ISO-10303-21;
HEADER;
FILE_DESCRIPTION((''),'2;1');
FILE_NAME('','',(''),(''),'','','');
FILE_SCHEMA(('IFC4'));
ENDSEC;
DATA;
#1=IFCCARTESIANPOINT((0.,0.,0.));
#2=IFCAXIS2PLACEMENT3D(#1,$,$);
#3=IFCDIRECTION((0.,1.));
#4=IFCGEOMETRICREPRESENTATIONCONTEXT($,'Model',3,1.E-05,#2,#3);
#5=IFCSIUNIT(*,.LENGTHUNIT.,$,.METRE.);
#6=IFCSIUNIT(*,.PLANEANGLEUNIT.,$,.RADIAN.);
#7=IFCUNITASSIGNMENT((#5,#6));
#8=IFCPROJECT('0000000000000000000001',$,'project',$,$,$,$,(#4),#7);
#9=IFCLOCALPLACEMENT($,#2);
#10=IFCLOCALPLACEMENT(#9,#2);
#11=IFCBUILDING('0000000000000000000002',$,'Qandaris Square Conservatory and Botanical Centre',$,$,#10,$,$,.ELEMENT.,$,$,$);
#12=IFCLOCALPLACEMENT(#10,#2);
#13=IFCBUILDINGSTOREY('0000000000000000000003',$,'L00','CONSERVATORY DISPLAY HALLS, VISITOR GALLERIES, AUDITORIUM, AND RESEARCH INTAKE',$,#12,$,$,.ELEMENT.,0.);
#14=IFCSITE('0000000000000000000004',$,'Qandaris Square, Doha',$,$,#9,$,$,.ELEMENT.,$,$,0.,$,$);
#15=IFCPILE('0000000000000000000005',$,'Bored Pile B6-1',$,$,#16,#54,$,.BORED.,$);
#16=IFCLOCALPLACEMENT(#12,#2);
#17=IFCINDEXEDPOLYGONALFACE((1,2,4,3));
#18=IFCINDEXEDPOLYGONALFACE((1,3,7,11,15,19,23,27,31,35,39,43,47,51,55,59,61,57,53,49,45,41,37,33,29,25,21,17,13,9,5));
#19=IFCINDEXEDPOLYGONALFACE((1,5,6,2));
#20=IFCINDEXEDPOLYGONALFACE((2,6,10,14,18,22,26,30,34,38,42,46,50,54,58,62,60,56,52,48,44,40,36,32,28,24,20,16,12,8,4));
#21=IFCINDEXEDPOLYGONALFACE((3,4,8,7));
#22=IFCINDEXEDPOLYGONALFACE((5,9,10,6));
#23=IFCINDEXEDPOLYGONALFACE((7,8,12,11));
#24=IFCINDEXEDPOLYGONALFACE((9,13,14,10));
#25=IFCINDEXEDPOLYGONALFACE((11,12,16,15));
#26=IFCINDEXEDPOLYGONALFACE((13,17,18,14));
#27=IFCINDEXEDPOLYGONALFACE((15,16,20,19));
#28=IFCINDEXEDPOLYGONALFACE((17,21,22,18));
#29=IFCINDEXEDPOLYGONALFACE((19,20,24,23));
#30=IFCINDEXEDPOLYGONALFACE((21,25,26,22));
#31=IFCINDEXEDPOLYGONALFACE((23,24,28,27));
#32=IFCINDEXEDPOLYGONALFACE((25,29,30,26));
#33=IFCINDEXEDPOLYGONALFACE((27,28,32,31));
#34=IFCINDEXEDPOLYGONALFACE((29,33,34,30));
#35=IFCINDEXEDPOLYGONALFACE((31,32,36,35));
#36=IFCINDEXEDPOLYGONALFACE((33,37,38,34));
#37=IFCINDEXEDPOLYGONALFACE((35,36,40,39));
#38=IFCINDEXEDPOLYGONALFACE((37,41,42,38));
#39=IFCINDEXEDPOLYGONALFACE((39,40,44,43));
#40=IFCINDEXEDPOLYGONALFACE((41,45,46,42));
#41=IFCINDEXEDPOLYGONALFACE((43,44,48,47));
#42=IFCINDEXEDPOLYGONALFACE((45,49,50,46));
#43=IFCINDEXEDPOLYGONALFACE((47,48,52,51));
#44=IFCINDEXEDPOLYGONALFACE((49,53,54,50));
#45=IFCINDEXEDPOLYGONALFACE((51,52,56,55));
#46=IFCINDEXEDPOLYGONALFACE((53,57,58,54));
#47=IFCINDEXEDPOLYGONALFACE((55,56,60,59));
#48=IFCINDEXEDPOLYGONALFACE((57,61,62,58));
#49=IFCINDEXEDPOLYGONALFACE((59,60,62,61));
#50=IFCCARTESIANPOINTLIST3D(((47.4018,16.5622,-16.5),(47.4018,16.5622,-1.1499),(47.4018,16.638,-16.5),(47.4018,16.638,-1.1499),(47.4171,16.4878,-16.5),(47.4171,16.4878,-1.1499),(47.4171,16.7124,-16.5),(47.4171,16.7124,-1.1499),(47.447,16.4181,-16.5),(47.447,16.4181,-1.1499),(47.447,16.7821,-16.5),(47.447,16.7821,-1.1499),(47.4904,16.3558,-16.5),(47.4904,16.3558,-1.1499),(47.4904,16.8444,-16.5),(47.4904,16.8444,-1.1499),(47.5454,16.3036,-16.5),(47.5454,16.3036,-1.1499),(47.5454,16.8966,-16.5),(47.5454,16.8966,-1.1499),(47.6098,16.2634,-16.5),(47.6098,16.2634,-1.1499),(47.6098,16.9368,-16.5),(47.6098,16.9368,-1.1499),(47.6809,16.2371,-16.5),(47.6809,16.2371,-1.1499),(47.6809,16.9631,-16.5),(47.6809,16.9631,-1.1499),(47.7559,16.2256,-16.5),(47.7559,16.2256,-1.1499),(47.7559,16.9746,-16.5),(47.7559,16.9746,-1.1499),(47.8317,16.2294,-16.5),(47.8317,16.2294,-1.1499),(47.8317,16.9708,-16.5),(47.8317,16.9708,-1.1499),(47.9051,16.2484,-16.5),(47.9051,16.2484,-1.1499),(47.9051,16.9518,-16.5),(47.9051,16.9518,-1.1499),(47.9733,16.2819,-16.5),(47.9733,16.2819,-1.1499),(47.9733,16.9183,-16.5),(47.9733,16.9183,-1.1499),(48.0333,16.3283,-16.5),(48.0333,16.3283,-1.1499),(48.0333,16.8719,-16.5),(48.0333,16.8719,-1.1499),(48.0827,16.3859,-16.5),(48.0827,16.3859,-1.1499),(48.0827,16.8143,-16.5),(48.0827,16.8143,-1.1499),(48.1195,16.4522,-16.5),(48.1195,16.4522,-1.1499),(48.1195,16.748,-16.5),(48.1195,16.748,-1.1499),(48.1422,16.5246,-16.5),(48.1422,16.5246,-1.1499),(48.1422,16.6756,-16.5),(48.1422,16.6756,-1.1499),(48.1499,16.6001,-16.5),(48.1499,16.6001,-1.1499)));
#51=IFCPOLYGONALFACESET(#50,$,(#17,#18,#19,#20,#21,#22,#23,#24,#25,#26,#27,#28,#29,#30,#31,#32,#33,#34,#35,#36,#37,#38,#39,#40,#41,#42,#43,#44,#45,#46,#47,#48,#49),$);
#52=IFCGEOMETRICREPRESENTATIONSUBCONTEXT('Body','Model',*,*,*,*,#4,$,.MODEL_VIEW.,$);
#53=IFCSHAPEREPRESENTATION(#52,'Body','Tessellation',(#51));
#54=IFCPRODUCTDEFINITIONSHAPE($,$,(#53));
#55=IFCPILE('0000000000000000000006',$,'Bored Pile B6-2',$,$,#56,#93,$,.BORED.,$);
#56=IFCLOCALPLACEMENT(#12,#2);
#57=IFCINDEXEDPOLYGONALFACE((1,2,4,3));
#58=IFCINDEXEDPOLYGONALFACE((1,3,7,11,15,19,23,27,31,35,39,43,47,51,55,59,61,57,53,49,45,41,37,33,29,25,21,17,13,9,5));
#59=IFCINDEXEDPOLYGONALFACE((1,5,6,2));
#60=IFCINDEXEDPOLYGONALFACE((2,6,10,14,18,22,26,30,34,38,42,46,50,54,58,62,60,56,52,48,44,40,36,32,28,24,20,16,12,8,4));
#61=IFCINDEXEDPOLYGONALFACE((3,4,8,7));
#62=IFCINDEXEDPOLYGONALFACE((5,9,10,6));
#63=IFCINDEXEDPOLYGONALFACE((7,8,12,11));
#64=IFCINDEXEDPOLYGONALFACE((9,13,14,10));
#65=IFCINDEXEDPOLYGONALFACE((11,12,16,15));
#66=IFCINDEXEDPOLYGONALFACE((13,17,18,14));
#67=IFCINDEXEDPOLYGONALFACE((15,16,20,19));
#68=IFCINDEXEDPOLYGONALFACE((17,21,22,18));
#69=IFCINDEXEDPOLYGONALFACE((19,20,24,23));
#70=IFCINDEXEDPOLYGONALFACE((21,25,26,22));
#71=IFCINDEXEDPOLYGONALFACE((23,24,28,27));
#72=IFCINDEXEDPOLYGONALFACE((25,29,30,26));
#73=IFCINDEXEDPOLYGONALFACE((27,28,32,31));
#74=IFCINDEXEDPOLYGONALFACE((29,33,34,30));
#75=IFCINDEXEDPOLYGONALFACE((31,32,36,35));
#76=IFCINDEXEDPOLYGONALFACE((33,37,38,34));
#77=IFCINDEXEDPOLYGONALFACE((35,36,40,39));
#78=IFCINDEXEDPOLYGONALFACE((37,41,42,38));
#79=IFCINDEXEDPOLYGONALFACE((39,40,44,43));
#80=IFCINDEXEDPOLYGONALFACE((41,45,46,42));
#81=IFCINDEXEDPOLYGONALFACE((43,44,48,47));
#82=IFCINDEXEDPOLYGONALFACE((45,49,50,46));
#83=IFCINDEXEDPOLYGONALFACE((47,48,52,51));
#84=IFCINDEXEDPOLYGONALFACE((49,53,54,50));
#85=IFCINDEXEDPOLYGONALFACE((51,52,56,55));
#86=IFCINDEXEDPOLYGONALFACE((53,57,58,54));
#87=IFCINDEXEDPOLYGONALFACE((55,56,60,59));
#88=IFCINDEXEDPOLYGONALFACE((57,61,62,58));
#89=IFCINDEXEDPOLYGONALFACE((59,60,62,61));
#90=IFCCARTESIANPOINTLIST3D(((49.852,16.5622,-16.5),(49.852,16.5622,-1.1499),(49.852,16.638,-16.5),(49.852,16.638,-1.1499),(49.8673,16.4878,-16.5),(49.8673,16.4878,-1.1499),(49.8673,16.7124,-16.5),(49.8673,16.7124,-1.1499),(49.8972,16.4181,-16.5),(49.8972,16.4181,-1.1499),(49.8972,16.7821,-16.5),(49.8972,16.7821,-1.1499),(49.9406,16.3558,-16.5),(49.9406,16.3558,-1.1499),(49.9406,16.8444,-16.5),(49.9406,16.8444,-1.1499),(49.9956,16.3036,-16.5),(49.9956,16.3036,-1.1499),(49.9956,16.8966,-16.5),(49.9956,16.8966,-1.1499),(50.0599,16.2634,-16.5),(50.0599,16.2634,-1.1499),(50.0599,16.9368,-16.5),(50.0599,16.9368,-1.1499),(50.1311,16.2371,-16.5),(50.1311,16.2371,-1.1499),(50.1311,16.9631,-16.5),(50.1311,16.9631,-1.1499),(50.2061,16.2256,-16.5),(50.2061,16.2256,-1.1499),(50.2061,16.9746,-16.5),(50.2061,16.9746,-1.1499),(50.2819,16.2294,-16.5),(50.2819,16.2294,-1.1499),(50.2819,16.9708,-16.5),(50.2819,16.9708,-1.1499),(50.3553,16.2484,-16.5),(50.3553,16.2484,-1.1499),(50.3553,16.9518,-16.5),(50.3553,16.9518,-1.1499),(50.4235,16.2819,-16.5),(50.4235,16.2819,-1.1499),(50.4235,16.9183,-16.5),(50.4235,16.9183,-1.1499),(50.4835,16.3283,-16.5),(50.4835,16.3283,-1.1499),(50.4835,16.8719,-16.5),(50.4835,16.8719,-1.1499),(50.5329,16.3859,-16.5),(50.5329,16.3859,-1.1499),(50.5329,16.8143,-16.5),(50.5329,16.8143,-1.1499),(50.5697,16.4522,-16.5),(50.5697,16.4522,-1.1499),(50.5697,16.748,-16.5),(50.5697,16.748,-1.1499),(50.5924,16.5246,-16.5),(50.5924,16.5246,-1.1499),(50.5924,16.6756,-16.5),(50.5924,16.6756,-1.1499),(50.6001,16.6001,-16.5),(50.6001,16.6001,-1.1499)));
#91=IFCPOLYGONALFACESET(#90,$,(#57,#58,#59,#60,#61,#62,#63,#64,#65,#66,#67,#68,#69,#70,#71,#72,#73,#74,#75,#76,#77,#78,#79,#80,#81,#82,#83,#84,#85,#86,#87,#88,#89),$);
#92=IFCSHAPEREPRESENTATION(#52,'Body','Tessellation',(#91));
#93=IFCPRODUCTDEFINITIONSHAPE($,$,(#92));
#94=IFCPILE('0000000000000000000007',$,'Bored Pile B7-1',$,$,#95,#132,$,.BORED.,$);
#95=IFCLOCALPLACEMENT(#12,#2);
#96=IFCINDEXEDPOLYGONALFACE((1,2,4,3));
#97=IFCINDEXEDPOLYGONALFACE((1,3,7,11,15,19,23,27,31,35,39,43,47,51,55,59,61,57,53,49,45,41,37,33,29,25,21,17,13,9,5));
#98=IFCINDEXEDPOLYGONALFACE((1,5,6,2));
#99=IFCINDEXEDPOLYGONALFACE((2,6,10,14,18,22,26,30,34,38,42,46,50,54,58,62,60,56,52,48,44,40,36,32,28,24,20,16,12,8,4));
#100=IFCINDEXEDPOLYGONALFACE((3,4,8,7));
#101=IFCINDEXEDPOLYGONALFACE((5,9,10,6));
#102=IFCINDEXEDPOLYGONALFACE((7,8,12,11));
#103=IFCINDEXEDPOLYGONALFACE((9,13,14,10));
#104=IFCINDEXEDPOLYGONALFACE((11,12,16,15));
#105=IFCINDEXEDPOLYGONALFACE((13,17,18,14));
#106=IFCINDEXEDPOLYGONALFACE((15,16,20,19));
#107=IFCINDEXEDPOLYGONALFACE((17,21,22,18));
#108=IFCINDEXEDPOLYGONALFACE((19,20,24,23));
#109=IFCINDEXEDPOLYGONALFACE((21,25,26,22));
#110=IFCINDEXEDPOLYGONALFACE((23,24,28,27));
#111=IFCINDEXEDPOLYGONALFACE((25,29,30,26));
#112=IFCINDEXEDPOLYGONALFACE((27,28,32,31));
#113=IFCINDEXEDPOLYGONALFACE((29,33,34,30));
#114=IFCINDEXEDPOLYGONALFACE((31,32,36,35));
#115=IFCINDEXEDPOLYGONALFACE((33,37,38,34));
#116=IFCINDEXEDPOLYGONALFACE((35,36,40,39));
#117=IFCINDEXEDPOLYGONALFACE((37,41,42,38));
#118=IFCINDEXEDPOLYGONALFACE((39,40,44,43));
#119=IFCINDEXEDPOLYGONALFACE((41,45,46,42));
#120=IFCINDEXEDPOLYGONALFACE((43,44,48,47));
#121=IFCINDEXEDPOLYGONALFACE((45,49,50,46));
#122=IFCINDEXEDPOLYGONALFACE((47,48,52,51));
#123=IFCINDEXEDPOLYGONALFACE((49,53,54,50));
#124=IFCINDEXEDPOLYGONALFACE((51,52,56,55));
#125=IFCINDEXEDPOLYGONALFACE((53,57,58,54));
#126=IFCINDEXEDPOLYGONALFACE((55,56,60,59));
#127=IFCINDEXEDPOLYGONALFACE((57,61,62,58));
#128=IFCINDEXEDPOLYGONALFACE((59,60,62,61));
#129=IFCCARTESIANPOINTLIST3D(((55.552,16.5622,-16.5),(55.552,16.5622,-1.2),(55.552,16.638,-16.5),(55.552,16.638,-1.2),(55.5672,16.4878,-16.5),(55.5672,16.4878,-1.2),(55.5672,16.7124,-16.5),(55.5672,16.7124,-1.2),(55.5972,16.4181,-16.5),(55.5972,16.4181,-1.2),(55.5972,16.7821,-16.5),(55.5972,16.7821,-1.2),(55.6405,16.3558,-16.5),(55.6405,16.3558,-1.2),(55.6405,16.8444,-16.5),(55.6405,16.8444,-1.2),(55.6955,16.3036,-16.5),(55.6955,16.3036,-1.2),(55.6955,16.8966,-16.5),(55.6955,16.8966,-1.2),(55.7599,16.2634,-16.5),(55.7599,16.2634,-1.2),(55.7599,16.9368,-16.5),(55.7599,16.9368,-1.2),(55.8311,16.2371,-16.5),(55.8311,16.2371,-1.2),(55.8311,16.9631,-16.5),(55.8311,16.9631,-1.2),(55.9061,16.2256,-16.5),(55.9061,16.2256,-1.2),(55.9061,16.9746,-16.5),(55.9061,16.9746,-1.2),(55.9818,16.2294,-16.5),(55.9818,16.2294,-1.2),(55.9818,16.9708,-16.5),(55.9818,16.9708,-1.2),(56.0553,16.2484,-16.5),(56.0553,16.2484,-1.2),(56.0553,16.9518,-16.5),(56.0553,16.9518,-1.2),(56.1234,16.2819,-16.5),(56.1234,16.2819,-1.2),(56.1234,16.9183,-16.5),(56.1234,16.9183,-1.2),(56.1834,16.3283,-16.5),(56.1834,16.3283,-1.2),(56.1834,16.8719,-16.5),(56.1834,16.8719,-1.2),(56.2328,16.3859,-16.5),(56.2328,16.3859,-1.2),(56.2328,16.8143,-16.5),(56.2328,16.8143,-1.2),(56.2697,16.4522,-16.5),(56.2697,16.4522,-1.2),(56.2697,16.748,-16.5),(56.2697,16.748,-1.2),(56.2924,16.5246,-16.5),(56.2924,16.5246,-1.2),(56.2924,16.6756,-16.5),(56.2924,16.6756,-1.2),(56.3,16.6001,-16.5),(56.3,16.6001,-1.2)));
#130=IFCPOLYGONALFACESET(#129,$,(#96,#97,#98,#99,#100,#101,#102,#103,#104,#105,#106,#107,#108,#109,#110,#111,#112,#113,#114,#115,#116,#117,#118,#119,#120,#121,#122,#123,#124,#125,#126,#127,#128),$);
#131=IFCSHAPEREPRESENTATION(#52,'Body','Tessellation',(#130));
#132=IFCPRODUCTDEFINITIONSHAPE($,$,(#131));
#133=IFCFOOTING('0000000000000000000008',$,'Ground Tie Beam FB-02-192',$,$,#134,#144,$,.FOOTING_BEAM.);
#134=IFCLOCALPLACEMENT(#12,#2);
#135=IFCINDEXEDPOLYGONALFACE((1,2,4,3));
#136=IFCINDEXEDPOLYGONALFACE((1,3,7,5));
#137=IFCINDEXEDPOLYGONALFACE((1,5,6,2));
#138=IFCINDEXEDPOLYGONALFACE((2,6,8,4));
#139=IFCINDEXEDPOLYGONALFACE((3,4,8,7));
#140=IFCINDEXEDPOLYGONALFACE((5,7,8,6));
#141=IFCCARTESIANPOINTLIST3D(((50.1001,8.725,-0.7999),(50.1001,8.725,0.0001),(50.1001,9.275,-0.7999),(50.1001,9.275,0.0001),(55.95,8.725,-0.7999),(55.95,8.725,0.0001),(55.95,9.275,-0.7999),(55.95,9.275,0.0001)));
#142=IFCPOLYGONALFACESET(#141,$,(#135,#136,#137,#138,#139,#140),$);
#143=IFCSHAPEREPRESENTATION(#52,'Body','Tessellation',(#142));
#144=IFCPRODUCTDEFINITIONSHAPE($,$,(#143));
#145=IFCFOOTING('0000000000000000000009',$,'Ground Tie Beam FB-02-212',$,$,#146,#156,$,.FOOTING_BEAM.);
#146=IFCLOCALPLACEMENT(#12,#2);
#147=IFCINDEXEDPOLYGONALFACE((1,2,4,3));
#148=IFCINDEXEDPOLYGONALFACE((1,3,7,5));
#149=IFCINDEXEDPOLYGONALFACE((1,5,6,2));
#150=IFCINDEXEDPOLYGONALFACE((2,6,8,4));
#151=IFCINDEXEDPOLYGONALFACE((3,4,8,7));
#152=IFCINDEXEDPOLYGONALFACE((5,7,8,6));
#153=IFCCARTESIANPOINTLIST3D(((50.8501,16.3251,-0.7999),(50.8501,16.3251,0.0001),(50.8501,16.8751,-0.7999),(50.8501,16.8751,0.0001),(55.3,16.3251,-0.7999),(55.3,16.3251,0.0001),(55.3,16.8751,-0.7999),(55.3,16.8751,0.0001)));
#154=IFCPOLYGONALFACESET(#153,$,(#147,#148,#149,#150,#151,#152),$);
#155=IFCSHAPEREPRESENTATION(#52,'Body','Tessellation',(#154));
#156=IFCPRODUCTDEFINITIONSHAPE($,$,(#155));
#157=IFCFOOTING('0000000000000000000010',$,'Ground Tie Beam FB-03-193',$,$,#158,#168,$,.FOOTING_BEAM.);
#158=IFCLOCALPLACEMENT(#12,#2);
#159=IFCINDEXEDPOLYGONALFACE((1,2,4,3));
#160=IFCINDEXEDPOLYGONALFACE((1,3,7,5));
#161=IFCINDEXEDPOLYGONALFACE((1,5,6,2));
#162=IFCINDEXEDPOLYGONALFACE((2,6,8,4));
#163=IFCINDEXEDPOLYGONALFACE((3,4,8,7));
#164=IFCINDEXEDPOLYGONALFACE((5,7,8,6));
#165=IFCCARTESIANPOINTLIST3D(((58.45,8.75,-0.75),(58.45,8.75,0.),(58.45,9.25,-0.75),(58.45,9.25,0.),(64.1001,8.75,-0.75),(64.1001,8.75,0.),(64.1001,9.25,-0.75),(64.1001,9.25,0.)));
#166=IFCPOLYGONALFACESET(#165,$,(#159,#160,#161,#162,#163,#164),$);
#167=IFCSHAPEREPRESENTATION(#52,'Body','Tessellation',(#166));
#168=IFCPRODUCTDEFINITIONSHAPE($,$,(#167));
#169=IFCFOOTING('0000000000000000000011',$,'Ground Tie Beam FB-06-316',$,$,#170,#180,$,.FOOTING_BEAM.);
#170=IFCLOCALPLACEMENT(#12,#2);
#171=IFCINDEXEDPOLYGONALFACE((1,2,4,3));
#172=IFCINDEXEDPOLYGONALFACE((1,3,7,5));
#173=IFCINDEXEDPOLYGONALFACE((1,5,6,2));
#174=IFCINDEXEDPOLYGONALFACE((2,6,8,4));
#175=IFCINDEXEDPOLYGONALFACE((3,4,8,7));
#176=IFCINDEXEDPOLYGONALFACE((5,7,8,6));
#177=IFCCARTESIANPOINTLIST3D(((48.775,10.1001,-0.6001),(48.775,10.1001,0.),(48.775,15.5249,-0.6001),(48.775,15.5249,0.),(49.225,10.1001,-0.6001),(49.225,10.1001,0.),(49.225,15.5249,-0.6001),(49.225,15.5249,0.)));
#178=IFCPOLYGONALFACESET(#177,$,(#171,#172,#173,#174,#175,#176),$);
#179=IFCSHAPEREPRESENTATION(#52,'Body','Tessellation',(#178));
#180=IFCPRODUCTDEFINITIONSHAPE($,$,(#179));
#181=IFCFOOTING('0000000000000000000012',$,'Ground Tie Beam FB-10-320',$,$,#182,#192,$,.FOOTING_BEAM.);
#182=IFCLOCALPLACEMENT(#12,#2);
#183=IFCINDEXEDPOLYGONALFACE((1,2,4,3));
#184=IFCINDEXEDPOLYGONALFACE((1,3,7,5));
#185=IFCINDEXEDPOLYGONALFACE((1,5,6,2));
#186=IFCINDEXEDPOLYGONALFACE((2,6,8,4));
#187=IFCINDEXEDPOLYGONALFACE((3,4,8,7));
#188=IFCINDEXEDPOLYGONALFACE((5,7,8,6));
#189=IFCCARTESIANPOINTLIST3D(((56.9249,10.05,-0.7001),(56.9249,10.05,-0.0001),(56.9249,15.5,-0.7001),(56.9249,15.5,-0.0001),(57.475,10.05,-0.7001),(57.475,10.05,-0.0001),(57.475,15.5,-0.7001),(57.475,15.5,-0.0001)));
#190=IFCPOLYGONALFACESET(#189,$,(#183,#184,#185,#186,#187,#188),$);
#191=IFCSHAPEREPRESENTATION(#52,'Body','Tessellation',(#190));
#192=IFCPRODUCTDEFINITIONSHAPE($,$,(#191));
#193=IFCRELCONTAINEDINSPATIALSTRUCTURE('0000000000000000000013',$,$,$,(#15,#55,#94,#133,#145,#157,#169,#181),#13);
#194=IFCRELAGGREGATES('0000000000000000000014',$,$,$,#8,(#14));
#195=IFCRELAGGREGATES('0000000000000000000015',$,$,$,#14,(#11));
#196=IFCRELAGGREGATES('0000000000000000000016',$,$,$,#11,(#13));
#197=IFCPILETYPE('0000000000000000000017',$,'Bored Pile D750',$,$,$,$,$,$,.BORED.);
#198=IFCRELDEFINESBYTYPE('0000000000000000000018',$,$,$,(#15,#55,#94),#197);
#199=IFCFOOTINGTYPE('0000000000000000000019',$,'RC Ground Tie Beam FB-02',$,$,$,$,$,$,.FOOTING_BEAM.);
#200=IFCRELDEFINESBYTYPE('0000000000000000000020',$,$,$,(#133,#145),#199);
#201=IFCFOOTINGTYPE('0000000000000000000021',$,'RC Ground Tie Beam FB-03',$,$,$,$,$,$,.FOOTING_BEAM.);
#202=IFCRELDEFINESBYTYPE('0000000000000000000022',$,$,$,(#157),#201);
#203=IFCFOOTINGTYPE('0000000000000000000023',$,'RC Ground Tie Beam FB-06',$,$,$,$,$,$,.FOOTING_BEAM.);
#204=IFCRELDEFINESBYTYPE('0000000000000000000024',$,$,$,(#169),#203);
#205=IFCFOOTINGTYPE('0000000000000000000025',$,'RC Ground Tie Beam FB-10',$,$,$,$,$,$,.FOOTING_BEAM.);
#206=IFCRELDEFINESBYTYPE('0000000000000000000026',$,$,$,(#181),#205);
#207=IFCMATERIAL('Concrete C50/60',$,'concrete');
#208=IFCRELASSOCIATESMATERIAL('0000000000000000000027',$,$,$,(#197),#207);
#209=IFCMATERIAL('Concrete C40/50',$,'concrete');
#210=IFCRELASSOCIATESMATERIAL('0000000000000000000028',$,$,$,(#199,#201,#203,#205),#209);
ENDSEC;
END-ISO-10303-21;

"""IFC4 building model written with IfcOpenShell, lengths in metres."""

from ifc_helpers import new_model, si_unit, direction, frame, origin, origin_2d, place, context, subcontext, project, spatial, rectangle, circle, extrude, material, material_profile, profile_set, type_object, element, save


model = new_model("IFC4")

# Units and contexts
model_context = context("Model", 3, precision=1e-05, world=origin(), true_north=direction((0.0, 1.0)))
body_context = subcontext(model_context, "Body", "Model", "MODEL_VIEW")
ifc_project = project(units=[si_unit("LENGTHUNIT", "METRE"), si_unit("PLANEANGLEUNIT", "RADIAN")], contexts=[model_context])

# Site, building, storey
site_placement = place(None, origin())
site = spatial("IfcSite", under=ifc_project, at=site_placement, Name="Qandaris Square, Doha", CompositionType="ELEMENT", RefElevation=0.0)
building_placement = place(site_placement, origin())
building = spatial("IfcBuilding", under=site, at=building_placement, Name="Qandaris Square Conservatory and Botanical Centre", CompositionType="ELEMENT")
storey_placement = place(building_placement, origin())
storey = spatial("IfcBuildingStorey", under=building, at=storey_placement, Name="L00", Description="CONSERVATORY DISPLAY HALLS, VISITOR GALLERIES, AUDITORIUM, AND RESEARCH INTAKE", CompositionType="ELEMENT", Elevation=0.0)

# Piles
ifc_material_1 = material(Name="Concrete C50/60", Category="concrete")
ifc_material_profile_1 = material_profile(ifc_material_1, circle(Radius=0.375, at=origin_2d()), Name="PILE D750")
ifc_profile_set_1 = profile_set([ifc_material_profile_1], Name="Concrete C50/60")
pile_type = type_object("IfcPileType", Name="Bored Pile D750", PredefinedType="BORED", material=ifc_profile_set_1)
for number, where, z_axis, x_axis, name in (
    (1, (47.7749, 16.6001, -1.1499), (0.0, 0.0, -1.0), (1.0, 0.0, 0.0), "Bored Pile B6-1"),
    (2, (50.2251, 16.6001, -1.1499), (0.0, 0.0, -1.0), (1.0, 0.0, 0.0), "Bored Pile B6-2"),
):
    element("IfcPile", number, at=place(storey_placement, frame(where, z_axis=z_axis, x_axis=x_axis)), inside=storey, type_object=pile_type, Name=name, PredefinedType="BORED", context=body_context, shape_type="SweptSolid", body=[
        extrude(circle(Radius=0.375, at=origin_2d()), origin(), (0.0, 0.0, 1.0), 15.3501),
    ])
pile_placement = place(storey_placement, frame((55.925, 16.6001, -1.2), z_axis=(0.0, 0.0, -1.0), x_axis=(1.0, 0.0, 0.0)))
element("IfcPile", 3, at=pile_placement, inside=storey, type_object=pile_type, Name="Bored Pile B7-1", PredefinedType="BORED", context=body_context, shape_type="SweptSolid", body=[
    extrude(circle(Radius=0.375, at=origin_2d()), origin(), (0.0, 0.0, 1.0), 15.3),
])

# Footings
ifc_material_2 = material(Name="Concrete C40/50", Category="concrete")
ifc_material_profile_2 = material_profile(ifc_material_2, rectangle(XDim=0.55, YDim=0.8, at=origin_2d()), Name="FB 550x800")
ifc_profile_set_2 = profile_set([ifc_material_profile_2], Name="Concrete C40/50")
footing_type_1 = type_object("IfcFootingType", Name="RC Ground Tie Beam FB-02", PredefinedType="FOOTING_BEAM", material=ifc_profile_set_2)
footing_1_placement = place(storey_placement, frame((50.1001, 9.0, -0.3999), z_axis=(1.0, 0.0, 0.0), x_axis=(0.0, 1.0, 0.0)))
element("IfcFooting", 4, at=footing_1_placement, inside=storey, type_object=footing_type_1, Name="Ground Tie Beam FB-02-192", PredefinedType="FOOTING_BEAM", context=body_context, shape_type="SweptSolid", body=[
    extrude(rectangle(XDim=0.55, YDim=0.8, at=origin_2d()), origin(), (0.0, 0.0, 1.0), 5.8499),
])
footing_2_placement = place(storey_placement, frame((50.8501, 16.6001, -0.3999), z_axis=(1.0, 0.0, 0.0), x_axis=(0.0, 1.0, 0.0)))
element("IfcFooting", 5, at=footing_2_placement, inside=storey, type_object=footing_type_1, Name="Ground Tie Beam FB-02-212", PredefinedType="FOOTING_BEAM", context=body_context, shape_type="SweptSolid", body=[
    extrude(rectangle(XDim=0.55, YDim=0.8, at=origin_2d()), origin(), (0.0, 0.0, 1.0), 4.45),
])
ifc_material_profile_3 = material_profile(ifc_material_2, rectangle(XDim=0.5, YDim=0.75, at=origin_2d()), Name="FB 500x750")
ifc_profile_set_3 = profile_set([ifc_material_profile_3], Name="Concrete C40/50")
footing_type_2 = type_object("IfcFootingType", Name="RC Ground Tie Beam FB-03", PredefinedType="FOOTING_BEAM", material=ifc_profile_set_3)
footing_3_placement = place(storey_placement, frame((58.45, 9.0, -0.375), z_axis=(1.0, 0.0, 0.0), x_axis=(0.0, 1.0, 0.0)))
element("IfcFooting", 6, at=footing_3_placement, inside=storey, type_object=footing_type_2, Name="Ground Tie Beam FB-03-193", PredefinedType="FOOTING_BEAM", context=body_context, shape_type="SweptSolid", body=[
    extrude(rectangle(XDim=0.5, YDim=0.75, at=origin_2d()), origin(), (0.0, 0.0, 1.0), 5.6501),
])
ifc_material_profile_4 = material_profile(ifc_material_2, rectangle(XDim=0.45, YDim=0.6001, at=origin_2d()), Name="FB 450x600")
ifc_profile_set_4 = profile_set([ifc_material_profile_4], Name="Concrete C40/50")
footing_type_3 = type_object("IfcFootingType", Name="RC Ground Tie Beam FB-06", PredefinedType="FOOTING_BEAM", material=ifc_profile_set_4)
footing_4_placement = place(storey_placement, frame((49.0, 10.1001, -0.3), z_axis=(0.0, 1.0, 0.0), x_axis=(-1.0, 0.0, 0.0)))
element("IfcFooting", 7, at=footing_4_placement, inside=storey, type_object=footing_type_3, Name="Ground Tie Beam FB-06-316", PredefinedType="FOOTING_BEAM", context=body_context, shape_type="SweptSolid", body=[
    extrude(rectangle(XDim=0.45, YDim=0.6001, at=origin_2d()), origin(), (0.0, 0.0, 1.0), 5.4248),
])
ifc_material_profile_5 = material_profile(ifc_material_2, rectangle(XDim=0.55, YDim=0.7, at=origin_2d()), Name="FB 550x700")
ifc_profile_set_5 = profile_set([ifc_material_profile_5], Name="Concrete C40/50")
footing_type_4 = type_object("IfcFootingType", Name="RC Ground Tie Beam FB-10", PredefinedType="FOOTING_BEAM", material=ifc_profile_set_5)
footing_5_placement = place(storey_placement, frame((57.2, 10.05, -0.3501), z_axis=(0.0, 1.0, 0.0), x_axis=(-1.0, 0.0, 0.0)))
element("IfcFooting", 8, at=footing_5_placement, inside=storey, type_object=footing_type_4, Name="Ground Tie Beam FB-10-320", PredefinedType="FOOTING_BEAM", context=body_context, shape_type="SweptSolid", body=[
    extrude(rectangle(XDim=0.55, YDim=0.7, at=origin_2d()), origin(), (0.0, 0.0, 1.0), 5.45),
])

save(model, "model.ifc")
